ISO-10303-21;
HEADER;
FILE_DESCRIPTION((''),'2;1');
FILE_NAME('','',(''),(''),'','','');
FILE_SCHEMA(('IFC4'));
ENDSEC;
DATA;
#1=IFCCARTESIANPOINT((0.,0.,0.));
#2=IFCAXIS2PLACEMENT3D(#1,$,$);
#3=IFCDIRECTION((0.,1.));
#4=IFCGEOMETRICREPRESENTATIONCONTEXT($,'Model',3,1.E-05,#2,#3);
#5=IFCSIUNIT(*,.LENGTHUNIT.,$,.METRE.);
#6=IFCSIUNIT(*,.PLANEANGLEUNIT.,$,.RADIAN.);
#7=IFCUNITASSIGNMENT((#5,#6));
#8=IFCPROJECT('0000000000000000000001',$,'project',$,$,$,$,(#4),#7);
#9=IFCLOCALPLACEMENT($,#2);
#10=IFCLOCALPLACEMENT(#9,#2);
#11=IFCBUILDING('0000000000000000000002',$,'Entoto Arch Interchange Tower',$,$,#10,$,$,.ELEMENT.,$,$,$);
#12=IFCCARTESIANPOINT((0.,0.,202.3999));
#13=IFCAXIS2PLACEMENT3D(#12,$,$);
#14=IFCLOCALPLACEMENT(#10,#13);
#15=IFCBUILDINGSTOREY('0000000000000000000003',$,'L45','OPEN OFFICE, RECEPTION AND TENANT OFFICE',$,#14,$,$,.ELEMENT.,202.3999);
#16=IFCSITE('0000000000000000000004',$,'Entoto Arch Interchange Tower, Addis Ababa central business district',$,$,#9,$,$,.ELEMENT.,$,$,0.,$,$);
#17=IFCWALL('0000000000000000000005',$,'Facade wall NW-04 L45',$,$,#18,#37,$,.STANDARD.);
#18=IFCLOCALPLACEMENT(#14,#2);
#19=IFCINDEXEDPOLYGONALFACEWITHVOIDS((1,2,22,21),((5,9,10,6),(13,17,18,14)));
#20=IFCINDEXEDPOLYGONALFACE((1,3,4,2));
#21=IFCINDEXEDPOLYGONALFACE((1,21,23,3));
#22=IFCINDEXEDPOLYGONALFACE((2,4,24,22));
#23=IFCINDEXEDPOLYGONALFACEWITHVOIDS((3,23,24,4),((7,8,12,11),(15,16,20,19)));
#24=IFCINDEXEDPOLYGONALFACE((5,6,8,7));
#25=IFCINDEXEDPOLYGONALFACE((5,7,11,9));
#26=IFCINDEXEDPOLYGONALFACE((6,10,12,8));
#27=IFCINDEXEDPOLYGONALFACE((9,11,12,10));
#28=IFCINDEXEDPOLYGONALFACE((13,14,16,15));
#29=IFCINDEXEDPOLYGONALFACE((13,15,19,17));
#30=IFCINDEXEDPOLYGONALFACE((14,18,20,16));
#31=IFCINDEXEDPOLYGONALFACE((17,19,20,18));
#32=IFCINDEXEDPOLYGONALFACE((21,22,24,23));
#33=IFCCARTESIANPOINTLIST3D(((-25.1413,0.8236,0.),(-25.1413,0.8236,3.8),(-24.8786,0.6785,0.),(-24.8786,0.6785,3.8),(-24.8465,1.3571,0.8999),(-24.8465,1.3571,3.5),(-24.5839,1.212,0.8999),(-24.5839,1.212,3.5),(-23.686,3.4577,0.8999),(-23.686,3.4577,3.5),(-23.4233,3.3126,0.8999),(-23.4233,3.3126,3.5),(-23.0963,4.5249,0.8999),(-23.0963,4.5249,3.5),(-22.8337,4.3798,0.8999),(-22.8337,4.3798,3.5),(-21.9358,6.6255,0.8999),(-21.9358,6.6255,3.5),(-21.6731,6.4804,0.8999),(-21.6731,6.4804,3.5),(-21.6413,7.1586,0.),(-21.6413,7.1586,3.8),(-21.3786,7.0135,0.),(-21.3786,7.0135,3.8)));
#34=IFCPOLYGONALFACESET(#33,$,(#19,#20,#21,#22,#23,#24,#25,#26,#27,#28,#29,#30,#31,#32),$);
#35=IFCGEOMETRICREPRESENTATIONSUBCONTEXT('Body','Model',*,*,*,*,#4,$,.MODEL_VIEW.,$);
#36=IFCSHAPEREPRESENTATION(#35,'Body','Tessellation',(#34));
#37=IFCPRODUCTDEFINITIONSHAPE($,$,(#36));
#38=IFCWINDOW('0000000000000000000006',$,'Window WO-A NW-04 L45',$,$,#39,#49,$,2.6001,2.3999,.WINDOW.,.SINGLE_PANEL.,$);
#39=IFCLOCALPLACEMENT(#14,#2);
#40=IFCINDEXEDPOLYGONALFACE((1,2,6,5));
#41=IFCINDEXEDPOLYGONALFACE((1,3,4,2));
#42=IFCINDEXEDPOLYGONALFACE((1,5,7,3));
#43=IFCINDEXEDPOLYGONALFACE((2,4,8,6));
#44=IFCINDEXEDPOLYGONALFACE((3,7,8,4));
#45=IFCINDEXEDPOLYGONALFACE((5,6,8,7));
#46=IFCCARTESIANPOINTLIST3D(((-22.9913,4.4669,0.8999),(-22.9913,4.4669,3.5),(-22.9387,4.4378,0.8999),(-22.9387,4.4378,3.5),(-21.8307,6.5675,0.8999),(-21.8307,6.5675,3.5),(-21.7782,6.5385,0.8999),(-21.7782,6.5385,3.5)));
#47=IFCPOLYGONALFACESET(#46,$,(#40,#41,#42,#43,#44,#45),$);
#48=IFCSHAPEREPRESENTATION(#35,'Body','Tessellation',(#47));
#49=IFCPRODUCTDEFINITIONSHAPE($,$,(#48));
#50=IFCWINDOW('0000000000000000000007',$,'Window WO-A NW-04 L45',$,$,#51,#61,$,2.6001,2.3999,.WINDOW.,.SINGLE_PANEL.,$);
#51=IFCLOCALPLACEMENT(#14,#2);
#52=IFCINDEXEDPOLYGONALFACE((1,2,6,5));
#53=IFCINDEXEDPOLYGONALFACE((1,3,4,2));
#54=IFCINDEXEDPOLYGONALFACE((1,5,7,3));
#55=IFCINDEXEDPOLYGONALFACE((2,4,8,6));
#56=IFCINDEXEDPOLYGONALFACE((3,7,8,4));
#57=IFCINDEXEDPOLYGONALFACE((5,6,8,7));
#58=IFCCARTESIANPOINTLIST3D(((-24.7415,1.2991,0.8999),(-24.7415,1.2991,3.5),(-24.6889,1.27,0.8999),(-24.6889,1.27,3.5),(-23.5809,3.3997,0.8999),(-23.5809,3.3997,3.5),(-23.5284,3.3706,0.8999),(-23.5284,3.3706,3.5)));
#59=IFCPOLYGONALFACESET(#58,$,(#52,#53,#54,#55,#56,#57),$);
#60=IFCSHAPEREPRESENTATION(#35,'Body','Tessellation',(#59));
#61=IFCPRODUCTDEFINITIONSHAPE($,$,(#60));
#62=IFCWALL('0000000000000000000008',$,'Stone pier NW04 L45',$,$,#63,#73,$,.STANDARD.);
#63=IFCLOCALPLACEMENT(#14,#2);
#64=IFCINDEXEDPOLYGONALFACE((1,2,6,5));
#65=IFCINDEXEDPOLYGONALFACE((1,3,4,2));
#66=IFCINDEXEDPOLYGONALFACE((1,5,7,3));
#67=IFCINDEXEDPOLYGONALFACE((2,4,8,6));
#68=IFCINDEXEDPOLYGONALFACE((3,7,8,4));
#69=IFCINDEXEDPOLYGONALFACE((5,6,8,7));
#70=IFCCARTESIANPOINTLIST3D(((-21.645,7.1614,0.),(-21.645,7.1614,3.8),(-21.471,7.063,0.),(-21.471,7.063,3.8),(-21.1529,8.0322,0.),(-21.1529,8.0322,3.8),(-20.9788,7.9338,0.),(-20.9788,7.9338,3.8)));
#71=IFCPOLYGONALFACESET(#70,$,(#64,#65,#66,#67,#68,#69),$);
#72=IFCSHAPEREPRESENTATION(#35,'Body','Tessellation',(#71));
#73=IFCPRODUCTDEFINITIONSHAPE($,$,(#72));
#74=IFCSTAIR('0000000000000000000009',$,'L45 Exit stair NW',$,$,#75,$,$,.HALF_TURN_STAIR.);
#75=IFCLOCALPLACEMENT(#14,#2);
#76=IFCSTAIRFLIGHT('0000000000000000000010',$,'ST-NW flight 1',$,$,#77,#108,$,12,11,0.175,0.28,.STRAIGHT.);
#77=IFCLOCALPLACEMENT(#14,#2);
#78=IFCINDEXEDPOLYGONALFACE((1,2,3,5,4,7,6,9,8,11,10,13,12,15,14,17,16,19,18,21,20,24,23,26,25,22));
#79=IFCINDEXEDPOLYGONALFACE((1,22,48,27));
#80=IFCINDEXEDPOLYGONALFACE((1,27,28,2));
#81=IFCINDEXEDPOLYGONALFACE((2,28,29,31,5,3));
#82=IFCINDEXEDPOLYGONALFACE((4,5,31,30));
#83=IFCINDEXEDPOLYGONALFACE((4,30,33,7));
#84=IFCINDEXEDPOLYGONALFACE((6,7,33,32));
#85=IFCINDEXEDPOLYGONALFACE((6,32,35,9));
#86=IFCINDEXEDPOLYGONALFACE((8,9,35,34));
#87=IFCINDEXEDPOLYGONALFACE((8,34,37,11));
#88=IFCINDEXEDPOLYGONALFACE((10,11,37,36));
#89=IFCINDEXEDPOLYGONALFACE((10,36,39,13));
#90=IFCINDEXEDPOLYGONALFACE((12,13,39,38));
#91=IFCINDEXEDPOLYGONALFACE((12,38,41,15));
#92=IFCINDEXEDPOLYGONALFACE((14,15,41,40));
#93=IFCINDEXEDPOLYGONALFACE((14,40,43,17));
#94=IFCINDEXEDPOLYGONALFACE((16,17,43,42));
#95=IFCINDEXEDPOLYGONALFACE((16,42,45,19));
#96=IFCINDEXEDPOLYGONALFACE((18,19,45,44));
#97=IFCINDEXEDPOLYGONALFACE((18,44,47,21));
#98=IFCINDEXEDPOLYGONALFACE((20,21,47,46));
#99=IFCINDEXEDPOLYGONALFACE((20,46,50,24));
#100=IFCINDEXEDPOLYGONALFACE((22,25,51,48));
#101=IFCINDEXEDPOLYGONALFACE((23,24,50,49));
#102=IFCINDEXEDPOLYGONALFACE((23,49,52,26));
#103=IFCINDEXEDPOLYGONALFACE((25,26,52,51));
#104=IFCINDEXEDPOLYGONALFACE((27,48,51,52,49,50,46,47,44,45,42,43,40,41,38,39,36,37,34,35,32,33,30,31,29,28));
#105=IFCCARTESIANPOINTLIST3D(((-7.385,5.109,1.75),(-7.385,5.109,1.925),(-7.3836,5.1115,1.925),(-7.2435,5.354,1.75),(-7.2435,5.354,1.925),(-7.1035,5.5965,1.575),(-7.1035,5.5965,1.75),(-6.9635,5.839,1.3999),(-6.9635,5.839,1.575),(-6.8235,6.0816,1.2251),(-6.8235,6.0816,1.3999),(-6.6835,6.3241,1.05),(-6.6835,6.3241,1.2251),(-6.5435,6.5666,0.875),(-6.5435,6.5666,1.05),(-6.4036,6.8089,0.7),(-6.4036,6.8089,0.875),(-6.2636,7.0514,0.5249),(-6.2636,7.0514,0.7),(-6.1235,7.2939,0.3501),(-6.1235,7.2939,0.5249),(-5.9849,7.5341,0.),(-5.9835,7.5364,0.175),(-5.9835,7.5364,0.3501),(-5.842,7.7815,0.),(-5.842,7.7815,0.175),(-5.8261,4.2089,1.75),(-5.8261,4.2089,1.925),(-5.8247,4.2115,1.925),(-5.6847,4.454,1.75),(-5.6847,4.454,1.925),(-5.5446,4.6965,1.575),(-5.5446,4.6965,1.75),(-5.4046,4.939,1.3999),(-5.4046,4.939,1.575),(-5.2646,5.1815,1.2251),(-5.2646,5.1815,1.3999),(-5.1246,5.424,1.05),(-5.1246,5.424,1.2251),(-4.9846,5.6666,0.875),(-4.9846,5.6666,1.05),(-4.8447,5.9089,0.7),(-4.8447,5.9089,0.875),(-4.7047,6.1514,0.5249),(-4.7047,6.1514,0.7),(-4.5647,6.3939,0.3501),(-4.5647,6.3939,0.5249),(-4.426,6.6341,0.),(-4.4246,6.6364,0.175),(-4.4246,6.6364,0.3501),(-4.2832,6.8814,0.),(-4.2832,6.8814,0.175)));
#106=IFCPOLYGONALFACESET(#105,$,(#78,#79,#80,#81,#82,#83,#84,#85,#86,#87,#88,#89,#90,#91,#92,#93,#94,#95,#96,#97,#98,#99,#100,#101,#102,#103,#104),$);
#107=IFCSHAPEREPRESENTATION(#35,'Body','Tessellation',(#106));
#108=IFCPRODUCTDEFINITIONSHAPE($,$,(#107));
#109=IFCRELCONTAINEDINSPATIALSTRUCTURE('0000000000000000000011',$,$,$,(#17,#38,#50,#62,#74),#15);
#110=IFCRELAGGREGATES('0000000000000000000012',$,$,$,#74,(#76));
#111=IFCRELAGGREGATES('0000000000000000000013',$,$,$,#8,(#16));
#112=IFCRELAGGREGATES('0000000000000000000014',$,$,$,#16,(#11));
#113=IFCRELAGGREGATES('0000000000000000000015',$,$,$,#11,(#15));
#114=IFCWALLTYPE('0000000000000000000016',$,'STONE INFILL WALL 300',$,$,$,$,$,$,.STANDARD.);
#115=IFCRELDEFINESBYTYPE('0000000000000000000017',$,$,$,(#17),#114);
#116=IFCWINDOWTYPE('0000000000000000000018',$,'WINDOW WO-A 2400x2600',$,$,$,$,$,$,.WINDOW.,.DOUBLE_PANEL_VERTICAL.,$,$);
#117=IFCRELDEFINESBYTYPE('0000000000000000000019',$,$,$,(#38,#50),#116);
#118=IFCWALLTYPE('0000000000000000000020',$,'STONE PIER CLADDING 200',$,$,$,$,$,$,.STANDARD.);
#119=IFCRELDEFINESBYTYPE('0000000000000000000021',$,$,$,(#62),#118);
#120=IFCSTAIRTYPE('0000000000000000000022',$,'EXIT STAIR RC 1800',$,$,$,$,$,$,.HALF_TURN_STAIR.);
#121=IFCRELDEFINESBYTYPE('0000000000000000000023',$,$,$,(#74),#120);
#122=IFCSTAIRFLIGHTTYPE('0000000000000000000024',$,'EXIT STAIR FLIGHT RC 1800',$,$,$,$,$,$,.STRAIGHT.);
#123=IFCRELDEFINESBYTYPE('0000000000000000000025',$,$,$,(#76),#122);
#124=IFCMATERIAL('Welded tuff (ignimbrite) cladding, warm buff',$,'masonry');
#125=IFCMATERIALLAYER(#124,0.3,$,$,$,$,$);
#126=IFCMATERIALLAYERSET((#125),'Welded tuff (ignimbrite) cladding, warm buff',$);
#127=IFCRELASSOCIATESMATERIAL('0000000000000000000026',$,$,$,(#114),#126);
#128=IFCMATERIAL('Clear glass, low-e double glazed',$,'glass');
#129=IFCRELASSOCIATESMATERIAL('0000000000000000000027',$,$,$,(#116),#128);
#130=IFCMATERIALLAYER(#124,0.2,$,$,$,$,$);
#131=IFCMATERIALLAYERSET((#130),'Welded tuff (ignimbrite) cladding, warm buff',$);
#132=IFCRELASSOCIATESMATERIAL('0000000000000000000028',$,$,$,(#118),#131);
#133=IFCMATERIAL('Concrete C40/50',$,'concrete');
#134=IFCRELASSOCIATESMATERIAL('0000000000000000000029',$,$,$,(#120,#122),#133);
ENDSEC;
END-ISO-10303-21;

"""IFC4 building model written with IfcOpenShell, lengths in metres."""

from ifc_helpers import new_model, si_unit, direction, frame, frame_2d, origin, place, context, subcontext, project, spatial, polyline, rectangle, outline, extrude, material, layer, layer_set, type_object, element, fill, aggregate, save


model = new_model("IFC4")

# Units and contexts
model_context = context("Model", 3, precision=1e-05, world=origin(), true_north=direction((0.0, 1.0)))
body_context = subcontext(model_context, "Body", "Model", "MODEL_VIEW")
ifc_project = project(units=[si_unit("LENGTHUNIT", "METRE"), si_unit("PLANEANGLEUNIT", "RADIAN")], contexts=[model_context])

# Site, building, storey
site_placement = place(None, origin())
site = spatial("IfcSite", under=ifc_project, at=site_placement, Name="Entoto Arch Interchange Tower, Addis Ababa central business district", CompositionType="ELEMENT", RefElevation=0.0)
building_placement = place(site_placement, origin())
building = spatial("IfcBuilding", under=site, at=building_placement, Name="Entoto Arch Interchange Tower", CompositionType="ELEMENT")
storey_placement = place(building_placement, frame((0.0, 0.0, 202.3999)))
storey = spatial("IfcBuildingStorey", under=building, at=storey_placement, Name="L45", Description="OPEN OFFICE, RECEPTION AND TENANT OFFICE", CompositionType="ELEMENT", Elevation=202.3999)

# Shared definitions
ifc_material_1 = material(Name="Concrete C40/50", Category="concrete")

# Wall, openings, windows
ifc_material_2 = material(Name="Welded tuff (ignimbrite) cladding, warm buff", Category="masonry")
ifc_layer_1 = layer(ifc_material_2, 0.3)
ifc_layer_set_1 = layer_set([ifc_layer_1], Name="Welded tuff (ignimbrite) cladding, warm buff")
wall_type_1 = type_object("IfcWallType", Name="STONE INFILL WALL 300", PredefinedType="STANDARD", material=ifc_layer_set_1)
ifc_material_3 = material(Name="Clear glass, low-e double glazed", Category="glass")
window_type = type_object("IfcWindowType", Name="WINDOW WO-A 2400x2600", PartitioningType="DOUBLE_PANEL_VERTICAL", PredefinedType="WINDOW", material=ifc_material_3)
wall_1_placement = place(storey_placement, frame((-21.51, 7.0859, 0.0), z_axis=(0.0, 0.0, 1.0), x_axis=(-0.483591, -0.875294, 0.0)))
wall_1 = element("IfcWall", 1, at=wall_1_placement, inside=storey, type_object=wall_type_1, Name="Facade wall NW-04 L45", PredefinedType="STANDARD", context=body_context, shape_type="SweptSolid", body=[
    extrude(rectangle(XDim=7.2375, YDim=0.3, at=frame_2d((3.6187, 0.0))), origin(), (0.0, 0.0, 1.0), 3.8),
])
opening_1_placement = place(wall_1_placement, frame((0.6089, 0.0, 0.8999)))
opening_1 = element("IfcOpeningElement", 2, at=opening_1_placement, cuts=wall_1, PredefinedType="OPENING", context=body_context, shape_type="SweptSolid", body=[
    extrude(rectangle(XDim=2.3999, YDim=2.6001, at=frame_2d((1.2, 1.3))), frame((0.0, 0.1602, 0.0), z_axis=(0.0, -1.0, 0.0), x_axis=(1.0, 0.0, 0.0)), (0.0, 0.0, 1.0), 0.3201),
])
opening_2_placement = place(wall_1_placement, frame((4.228, 0.0, 0.8999)))
opening_2 = element("IfcOpeningElement", 3, at=opening_2_placement, cuts=wall_1, PredefinedType="OPENING", context=body_context, shape_type="SweptSolid", body=[
    extrude(rectangle(XDim=2.3999, YDim=2.6001, at=frame_2d((1.2, 1.3))), frame((0.0, 0.1602, 0.0), z_axis=(0.0, -1.0, 0.0), x_axis=(1.0, 0.0, 0.0)), (0.0, 0.0, 1.0), 0.3201),
])
window_1_placement = place(opening_1_placement, origin())
window_1 = element("IfcWindow", 4, at=window_1_placement, inside=storey, type_object=window_type, Name="Window WO-A NW-04 L45", OverallHeight=2.6001, OverallWidth=2.3999, PartitioningType="SINGLE_PANEL", PredefinedType="WINDOW", context=body_context, shape_type="SweptSolid", body=[
    extrude(rectangle(XDim=2.3999, YDim=2.6001, at=frame_2d((1.2, 1.3))), frame((0.0, 0.03, 0.0), z_axis=(0.0, -1.0, 0.0), x_axis=(1.0, 0.0, 0.0)), (0.0, 0.0, 1.0), 0.0601),
])
fill(opening_1, window_1)
window_2_placement = place(opening_2_placement, origin())
window_2 = element("IfcWindow", 5, at=window_2_placement, inside=storey, type_object=window_type, Name="Window WO-A NW-04 L45", OverallHeight=2.6001, OverallWidth=2.3999, PartitioningType="SINGLE_PANEL", PredefinedType="WINDOW", context=body_context, shape_type="SweptSolid", body=[
    extrude(rectangle(XDim=2.3999, YDim=2.6001, at=frame_2d((1.2, 1.3))), frame((0.0, 0.03, 0.0), z_axis=(0.0, -1.0, 0.0), x_axis=(1.0, 0.0, 0.0)), (0.0, 0.0, 1.0), 0.0601),
])
fill(opening_2, window_2)

# Wall
ifc_layer_2 = layer(ifc_material_2, 0.2)
ifc_layer_set_2 = layer_set([ifc_layer_2], Name="Welded tuff (ignimbrite) cladding, warm buff")
wall_type_2 = type_object("IfcWallType", Name="STONE PIER CLADDING 200", PredefinedType="STANDARD", material=ifc_layer_set_2)
wall_2_placement = place(storey_placement, frame((-21.0659, 7.9829, 0.0), z_axis=(0.0, 0.0, 1.0), x_axis=(-0.492033, -0.870576, 0.0)))
element("IfcWall", 6, at=wall_2_placement, inside=storey, type_object=wall_type_2, Name="Stone pier NW04 L45", PredefinedType="STANDARD", context=body_context, shape_type="SweptSolid", body=[
    extrude(rectangle(XDim=1.0002, YDim=0.2, at=frame_2d((0.5, 0.0))), origin(), (0.0, 0.0, 1.0), 3.8),
])

# Stair, stair flight
stair_type = type_object("IfcStairType", Name="EXIT STAIR RC 1800", PredefinedType="HALF_TURN_STAIR", material=ifc_material_1)
stair_placement = place(storey_placement, origin())
stair = element("IfcStair", 7, at=stair_placement, inside=storey, type_object=stair_type, Name="L45 Exit stair NW", PredefinedType="HALF_TURN_STAIR")
stair_flight_type = type_object("IfcStairFlightType", Name="EXIT STAIR FLIGHT RC 1800", PredefinedType="STRAIGHT", material=ifc_material_1)
stair_flight_placement = place(storey_placement, frame((-5.064, 7.3289, 0.0), z_axis=(0.0, 0.0, 1.0), x_axis=(-0.5, -0.866025, 0.0)))
stair_flight = element("IfcStairFlight", 8, at=stair_flight_placement, type_object=stair_flight_type, Name="ST-NW flight 1", NumberOfRisers=12, NumberOfTreads=11, PredefinedType="STRAIGHT", RiserHeight=0.175, TreadLength=0.28, context=body_context, shape_type="SweptSolid", body=[
    extrude(outline(polyline([(-0.0029, 0.0), (-0.0029, 0.175), (0.28, 0.175), (0.28, 0.3501), (0.5601, 0.3501), (0.5601, 0.5249), (0.8401, 0.5249), (0.8401, 0.7), (1.1201, 0.7), (1.1201, 0.875), (1.3999, 0.875), (1.3999, 1.05), (1.6799, 1.05), (1.6799, 1.2251), (1.96, 1.2251), (1.96, 1.3999), (2.24, 1.3999), (2.24, 1.575), (2.52, 1.575), (2.52, 1.75), (2.8, 1.75), (2.8, 1.925), (3.0801, 1.925), (3.083, 1.925), (3.083, 1.75), (0.2827, 0.0), (-0.0029, 0.0)])), frame((0.0, 0.8999, 0.0), z_axis=(0.0, -1.0, 0.0), x_axis=(1.0, 0.0, 0.0)), (0.0, 0.0, 1.0), 1.8),
])
aggregate(stair, [stair_flight])

save(model, "model.ifc")
